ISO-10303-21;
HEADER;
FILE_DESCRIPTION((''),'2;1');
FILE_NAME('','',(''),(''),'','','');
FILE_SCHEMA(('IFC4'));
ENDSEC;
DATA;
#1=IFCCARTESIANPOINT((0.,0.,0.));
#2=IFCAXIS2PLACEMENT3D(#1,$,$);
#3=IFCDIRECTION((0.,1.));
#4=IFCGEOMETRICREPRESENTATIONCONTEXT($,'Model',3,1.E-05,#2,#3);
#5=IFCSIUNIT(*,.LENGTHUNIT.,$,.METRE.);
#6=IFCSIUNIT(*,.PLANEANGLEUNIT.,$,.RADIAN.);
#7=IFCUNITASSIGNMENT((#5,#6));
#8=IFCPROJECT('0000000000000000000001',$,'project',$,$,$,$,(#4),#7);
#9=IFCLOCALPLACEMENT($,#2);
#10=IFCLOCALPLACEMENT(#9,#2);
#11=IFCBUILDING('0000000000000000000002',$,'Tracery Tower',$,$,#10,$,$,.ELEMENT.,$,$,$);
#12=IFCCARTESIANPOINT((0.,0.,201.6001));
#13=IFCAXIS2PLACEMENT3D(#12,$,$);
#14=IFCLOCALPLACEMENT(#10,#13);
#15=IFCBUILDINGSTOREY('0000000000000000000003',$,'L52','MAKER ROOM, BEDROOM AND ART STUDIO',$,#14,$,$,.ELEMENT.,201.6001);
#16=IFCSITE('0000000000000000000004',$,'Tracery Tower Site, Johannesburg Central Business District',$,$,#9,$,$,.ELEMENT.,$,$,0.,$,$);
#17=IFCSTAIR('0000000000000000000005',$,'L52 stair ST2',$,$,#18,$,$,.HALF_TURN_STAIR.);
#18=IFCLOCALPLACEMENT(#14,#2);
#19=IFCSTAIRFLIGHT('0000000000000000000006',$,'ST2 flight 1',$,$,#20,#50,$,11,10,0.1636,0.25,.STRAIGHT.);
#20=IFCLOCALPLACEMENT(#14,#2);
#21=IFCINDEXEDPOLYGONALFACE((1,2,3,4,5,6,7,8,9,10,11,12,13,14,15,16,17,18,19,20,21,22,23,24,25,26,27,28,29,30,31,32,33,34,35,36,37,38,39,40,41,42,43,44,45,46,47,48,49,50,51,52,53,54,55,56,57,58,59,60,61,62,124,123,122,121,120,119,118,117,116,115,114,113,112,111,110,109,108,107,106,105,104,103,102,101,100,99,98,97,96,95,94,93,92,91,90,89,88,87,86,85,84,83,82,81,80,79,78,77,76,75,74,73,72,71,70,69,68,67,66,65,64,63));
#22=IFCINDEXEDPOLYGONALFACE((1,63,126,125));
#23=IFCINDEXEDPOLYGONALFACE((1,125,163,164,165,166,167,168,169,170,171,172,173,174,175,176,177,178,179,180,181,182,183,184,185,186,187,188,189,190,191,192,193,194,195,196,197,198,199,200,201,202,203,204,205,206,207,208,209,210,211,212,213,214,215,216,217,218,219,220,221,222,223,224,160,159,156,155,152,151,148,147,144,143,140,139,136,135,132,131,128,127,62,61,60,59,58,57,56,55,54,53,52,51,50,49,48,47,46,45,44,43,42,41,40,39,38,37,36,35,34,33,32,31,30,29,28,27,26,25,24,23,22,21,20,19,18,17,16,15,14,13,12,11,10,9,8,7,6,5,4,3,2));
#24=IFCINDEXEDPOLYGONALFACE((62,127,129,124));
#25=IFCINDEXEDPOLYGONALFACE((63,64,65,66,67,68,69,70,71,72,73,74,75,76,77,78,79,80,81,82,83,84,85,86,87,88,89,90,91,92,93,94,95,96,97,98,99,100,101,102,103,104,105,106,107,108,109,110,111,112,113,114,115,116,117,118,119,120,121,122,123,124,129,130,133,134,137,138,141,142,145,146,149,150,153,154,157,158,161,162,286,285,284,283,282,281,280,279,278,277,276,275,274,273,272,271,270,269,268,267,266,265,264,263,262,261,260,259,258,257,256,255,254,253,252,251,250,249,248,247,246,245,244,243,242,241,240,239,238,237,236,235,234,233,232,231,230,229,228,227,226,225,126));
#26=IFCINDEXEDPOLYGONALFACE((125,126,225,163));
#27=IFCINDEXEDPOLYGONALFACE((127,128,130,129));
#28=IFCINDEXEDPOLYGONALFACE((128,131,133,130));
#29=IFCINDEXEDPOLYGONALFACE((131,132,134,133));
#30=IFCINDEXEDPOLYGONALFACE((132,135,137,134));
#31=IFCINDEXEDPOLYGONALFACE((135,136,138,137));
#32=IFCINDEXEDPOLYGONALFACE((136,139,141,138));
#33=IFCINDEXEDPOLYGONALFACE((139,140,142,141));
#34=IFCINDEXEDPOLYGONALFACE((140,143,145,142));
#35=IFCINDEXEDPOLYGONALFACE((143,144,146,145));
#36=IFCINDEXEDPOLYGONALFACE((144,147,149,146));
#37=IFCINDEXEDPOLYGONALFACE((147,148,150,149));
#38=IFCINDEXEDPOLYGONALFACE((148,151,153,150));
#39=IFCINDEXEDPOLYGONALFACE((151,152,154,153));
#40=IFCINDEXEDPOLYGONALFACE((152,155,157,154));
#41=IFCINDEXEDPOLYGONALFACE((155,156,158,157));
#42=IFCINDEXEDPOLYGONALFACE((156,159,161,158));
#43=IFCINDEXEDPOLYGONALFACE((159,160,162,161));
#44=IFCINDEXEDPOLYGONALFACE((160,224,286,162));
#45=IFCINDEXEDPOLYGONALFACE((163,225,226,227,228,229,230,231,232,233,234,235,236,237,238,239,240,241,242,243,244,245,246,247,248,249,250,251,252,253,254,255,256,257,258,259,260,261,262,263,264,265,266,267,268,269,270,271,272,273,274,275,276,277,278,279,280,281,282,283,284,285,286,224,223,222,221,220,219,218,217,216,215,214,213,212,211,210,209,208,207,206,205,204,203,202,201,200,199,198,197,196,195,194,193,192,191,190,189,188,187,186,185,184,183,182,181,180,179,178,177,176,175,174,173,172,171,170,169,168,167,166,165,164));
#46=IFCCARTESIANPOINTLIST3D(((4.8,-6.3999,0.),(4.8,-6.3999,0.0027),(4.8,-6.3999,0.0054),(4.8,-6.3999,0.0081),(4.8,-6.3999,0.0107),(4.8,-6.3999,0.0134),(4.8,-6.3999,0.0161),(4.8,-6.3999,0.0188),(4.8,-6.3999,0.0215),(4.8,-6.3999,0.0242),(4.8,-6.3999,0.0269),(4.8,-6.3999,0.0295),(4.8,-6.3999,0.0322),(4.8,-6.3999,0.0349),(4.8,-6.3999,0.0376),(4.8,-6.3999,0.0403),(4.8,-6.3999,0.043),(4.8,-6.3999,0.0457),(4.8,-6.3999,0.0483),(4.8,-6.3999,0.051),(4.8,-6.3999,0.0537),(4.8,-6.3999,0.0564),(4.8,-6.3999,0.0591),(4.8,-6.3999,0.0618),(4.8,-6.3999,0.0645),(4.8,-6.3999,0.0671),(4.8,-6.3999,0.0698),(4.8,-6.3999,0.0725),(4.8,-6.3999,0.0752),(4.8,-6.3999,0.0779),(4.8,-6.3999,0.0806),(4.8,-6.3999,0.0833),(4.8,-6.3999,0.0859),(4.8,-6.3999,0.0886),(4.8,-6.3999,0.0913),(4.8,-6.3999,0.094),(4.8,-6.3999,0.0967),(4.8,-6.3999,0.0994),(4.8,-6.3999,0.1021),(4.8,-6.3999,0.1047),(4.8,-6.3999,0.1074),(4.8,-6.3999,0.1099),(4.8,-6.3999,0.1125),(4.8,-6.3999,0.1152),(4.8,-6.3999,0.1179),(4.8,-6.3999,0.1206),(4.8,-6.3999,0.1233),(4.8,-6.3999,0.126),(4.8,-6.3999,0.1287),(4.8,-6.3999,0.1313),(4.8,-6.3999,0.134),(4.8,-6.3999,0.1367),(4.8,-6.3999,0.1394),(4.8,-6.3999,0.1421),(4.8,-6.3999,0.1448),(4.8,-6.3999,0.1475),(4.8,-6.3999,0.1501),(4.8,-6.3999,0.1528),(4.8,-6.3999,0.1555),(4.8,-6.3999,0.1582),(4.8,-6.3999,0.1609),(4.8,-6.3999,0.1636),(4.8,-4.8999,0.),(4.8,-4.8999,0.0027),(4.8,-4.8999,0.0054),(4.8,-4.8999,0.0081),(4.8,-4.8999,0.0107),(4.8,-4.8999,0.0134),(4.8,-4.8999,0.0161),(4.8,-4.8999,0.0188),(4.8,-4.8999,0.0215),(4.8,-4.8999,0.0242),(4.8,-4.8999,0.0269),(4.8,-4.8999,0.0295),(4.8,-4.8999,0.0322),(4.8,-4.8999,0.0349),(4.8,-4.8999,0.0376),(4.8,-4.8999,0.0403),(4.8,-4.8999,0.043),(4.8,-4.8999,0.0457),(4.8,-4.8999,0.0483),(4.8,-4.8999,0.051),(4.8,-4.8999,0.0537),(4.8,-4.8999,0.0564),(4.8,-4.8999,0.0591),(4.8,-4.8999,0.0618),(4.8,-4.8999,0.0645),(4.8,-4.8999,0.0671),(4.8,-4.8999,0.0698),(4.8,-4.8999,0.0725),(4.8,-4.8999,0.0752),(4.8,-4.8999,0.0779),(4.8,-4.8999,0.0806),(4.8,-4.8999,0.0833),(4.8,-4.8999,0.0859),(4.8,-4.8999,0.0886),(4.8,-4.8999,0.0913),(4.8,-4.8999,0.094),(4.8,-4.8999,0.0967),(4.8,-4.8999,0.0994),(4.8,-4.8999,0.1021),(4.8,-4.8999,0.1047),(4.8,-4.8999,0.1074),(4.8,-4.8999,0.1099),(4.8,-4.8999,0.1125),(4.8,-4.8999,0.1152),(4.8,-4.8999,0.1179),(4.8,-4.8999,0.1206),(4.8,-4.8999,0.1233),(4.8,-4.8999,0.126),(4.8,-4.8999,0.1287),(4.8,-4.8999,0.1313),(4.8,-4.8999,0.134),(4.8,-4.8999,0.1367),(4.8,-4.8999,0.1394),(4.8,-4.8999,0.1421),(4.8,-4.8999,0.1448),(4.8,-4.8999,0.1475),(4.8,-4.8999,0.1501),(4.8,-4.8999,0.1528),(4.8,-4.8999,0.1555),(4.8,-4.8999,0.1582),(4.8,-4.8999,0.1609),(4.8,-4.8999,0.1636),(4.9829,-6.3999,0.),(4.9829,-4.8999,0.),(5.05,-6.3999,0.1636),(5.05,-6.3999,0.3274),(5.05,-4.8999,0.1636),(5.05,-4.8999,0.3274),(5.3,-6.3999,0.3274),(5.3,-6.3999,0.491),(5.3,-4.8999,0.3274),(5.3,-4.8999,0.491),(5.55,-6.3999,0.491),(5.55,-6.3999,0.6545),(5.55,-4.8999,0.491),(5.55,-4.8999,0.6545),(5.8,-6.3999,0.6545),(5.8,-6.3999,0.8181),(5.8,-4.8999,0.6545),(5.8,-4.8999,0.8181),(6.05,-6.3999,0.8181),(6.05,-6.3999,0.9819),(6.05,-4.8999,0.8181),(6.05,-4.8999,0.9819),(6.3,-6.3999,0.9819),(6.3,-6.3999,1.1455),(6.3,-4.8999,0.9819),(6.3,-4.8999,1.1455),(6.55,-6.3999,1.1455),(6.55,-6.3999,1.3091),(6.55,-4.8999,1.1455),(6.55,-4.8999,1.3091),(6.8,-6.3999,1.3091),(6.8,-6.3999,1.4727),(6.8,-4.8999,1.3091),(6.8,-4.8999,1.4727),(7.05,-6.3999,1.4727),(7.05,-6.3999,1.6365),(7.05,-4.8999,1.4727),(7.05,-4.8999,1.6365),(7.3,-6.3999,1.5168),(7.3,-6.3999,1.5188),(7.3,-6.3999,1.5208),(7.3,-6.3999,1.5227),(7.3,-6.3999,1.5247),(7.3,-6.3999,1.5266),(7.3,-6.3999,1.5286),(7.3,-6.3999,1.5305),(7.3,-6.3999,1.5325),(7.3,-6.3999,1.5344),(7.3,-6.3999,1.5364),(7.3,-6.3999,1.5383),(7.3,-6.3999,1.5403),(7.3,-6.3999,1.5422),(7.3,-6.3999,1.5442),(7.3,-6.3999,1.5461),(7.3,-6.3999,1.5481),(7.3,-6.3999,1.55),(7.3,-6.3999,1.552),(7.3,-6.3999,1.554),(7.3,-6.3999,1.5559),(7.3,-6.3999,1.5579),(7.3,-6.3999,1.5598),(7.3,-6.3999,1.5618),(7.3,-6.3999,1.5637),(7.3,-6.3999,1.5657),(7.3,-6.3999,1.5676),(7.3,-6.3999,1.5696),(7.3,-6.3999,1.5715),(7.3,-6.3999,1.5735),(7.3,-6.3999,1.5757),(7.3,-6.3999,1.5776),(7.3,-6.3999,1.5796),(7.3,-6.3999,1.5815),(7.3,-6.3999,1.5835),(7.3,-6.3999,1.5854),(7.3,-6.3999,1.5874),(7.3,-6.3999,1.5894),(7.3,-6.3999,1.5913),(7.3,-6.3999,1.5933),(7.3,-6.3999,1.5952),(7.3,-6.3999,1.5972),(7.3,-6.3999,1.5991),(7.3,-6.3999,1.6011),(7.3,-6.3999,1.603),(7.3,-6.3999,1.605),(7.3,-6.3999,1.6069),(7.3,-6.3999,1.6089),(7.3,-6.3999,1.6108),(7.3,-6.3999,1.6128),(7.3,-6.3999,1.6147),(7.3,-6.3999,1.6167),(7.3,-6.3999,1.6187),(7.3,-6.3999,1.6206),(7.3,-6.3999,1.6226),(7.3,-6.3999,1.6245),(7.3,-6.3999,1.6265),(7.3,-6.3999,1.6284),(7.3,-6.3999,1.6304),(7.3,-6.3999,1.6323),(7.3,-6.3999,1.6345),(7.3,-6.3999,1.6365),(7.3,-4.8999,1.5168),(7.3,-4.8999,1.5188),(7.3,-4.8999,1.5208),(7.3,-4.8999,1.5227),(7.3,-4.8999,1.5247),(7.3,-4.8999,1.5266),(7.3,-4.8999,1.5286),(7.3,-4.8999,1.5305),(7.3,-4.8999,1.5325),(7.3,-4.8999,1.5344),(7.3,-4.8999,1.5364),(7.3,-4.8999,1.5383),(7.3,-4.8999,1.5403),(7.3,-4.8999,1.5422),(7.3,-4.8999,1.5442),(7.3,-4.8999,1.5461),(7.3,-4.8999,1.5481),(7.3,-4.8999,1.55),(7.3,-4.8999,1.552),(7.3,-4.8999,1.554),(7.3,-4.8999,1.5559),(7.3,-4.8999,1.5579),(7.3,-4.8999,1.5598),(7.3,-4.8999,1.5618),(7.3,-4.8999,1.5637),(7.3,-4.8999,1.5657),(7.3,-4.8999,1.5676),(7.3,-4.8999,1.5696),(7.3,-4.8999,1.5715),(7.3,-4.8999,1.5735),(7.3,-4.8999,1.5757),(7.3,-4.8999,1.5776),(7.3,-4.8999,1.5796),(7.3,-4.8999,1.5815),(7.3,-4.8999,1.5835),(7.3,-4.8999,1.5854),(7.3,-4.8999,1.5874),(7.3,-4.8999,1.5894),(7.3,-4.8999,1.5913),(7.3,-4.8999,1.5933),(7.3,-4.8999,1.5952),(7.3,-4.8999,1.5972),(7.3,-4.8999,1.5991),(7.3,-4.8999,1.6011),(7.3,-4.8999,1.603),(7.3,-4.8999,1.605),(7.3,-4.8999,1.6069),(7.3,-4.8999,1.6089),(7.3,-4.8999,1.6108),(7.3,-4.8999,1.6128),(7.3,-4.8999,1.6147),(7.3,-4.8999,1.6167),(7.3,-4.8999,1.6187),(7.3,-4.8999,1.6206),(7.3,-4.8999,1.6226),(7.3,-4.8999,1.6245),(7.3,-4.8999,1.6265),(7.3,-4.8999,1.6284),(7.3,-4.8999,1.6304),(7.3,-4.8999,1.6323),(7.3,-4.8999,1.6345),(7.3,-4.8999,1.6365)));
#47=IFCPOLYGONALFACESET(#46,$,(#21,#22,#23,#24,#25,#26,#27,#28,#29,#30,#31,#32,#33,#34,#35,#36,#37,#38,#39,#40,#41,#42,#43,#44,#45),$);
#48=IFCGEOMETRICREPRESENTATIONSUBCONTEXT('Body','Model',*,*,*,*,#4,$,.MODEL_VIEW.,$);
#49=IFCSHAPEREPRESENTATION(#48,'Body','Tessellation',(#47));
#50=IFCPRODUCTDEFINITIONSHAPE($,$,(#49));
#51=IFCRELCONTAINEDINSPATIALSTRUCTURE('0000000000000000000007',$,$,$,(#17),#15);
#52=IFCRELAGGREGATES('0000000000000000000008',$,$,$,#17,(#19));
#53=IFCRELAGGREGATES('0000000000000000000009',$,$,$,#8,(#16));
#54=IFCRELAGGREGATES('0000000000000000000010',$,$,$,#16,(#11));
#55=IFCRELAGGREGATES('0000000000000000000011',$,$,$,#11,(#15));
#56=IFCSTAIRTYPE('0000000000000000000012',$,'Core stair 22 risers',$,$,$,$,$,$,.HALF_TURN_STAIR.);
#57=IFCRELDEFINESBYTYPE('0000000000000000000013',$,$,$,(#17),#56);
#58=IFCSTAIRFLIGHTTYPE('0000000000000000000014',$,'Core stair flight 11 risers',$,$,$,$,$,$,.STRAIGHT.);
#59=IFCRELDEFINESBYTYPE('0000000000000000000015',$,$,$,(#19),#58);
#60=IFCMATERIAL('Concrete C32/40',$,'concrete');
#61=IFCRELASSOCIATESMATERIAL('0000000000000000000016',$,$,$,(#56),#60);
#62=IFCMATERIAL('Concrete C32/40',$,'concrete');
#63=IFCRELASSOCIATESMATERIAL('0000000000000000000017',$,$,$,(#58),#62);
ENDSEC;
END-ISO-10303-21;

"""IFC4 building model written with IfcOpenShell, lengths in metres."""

from ifc_helpers import new_model, si_unit, direction, frame, origin, place, context, subcontext, project, spatial, polyline, outline, extrude, material, type_object, element, aggregate, save


model = new_model("IFC4")

# Units and contexts
model_context = context("Model", 3, precision=1e-05, world=origin(), true_north=direction((0.0, 1.0)))
body_context = subcontext(model_context, "Body", "Model", "MODEL_VIEW")
ifc_project = project(units=[si_unit("LENGTHUNIT", "METRE"), si_unit("PLANEANGLEUNIT", "RADIAN")], contexts=[model_context])

# Site, building, storey
site_placement = place(None, origin())
site = spatial("IfcSite", under=ifc_project, at=site_placement, Name="Tracery Tower Site, Johannesburg Central Business District", CompositionType="ELEMENT", RefElevation=0.0)
building_placement = place(site_placement, origin())
building = spatial("IfcBuilding", under=site, at=building_placement, Name="Tracery Tower", CompositionType="ELEMENT")
storey_placement = place(building_placement, frame((0.0, 0.0, 201.6001)))
storey = spatial("IfcBuildingStorey", under=building, at=storey_placement, Name="L52", Description="MAKER ROOM, BEDROOM AND ART STUDIO", CompositionType="ELEMENT", Elevation=201.6001)

# Stair, stair flight
ifc_material_1 = material(Name="Concrete C32/40", Category="concrete")
stair_type = type_object("IfcStairType", Name="Core stair 22 risers", PredefinedType="HALF_TURN_STAIR", material=ifc_material_1)
stair_placement = place(storey_placement, origin())
stair = element("IfcStair", 1, at=stair_placement, inside=storey, type_object=stair_type, Name="L52 stair ST2", PredefinedType="HALF_TURN_STAIR")
ifc_material_2 = material(Name="Concrete C32/40", Category="concrete")
stair_flight_type = type_object("IfcStairFlightType", Name="Core stair flight 11 risers", PredefinedType="STRAIGHT", material=ifc_material_2)
stair_flight_1_placement = place(storey_placement, frame((4.8, -5.6499, 0.0), z_axis=(0.0, 0.0, 1.0), x_axis=(1.0, 0.0, 0.0)))
stair_flight_1 = element("IfcStairFlight", 2, at=stair_flight_1_placement, type_object=stair_flight_type, Name="ST2 flight 1", NumberOfRisers=11, NumberOfTreads=10, PredefinedType="STRAIGHT", RiserHeight=0.1636, TreadLength=0.25, context=body_context, shape_type="SweptSolid", body=[
    extrude(outline(polyline([(0.0, 0.0), (0.0, 0.0027), (0.0, 0.0054), (0.0, 0.0081), (0.0, 0.0107), (0.0, 0.0134), (0.0, 0.0161), (0.0, 0.0188), (0.0, 0.0215), (0.0, 0.0242), (0.0, 0.0269), (0.0, 0.0295), (0.0, 0.0322), (0.0, 0.0349), (0.0, 0.0376), (0.0, 0.0403), (0.0, 0.043), (0.0, 0.0457), (0.0, 0.0483), (0.0, 0.051), (0.0, 0.0537), (0.0, 0.0564), (0.0, 0.0591), (0.0, 0.0618), (0.0, 0.0645), (0.0, 0.0671), (0.0, 0.0698), (0.0, 0.0725), (0.0, 0.0752), (0.0, 0.0779), (0.0, 0.0806), (0.0, 0.0833), (0.0, 0.0859), (0.0, 0.0886), (0.0, 0.0913), (0.0, 0.094), (0.0, 0.0967), (0.0, 0.0994), (0.0, 0.1021), (0.0, 0.1047), (0.0, 0.1074), (0.0, 0.1099), (0.0, 0.1125), (0.0, 0.1152), (0.0, 0.1179), (0.0, 0.1206), (0.0, 0.1233), (0.0, 0.126), (0.0, 0.1287), (0.0, 0.1313), (0.0, 0.134), (0.0, 0.1367), (0.0, 0.1394), (0.0, 0.1421), (0.0, 0.1448), (0.0, 0.1475), (0.0, 0.1501), (0.0, 0.1528), (0.0, 0.1555), (0.0, 0.1582), (0.0, 0.1609), (0.0, 0.1636), (0.25, 0.1636), (0.25, 0.3274), (0.5, 0.3274), (0.5, 0.491), (0.75, 0.491), (0.75, 0.6545), (1.0, 0.6545), (1.0, 0.8181), (1.25, 0.8181), (1.25, 0.9819), (1.5, 0.9819), (1.5, 1.1455), (1.75, 1.1455), (1.75, 1.3091), (2.0, 1.3091), (2.0, 1.4727), (2.25, 1.4727), (2.25, 1.6365), (2.5, 1.6365), (2.5, 1.6345), (2.5, 1.6323), (2.5, 1.6304), (2.5, 1.6284), (2.5, 1.6265), (2.5, 1.6245), (2.5, 1.6226), (2.5, 1.6206), (2.5, 1.6187), (2.5, 1.6167), (2.5, 1.6147), (2.5, 1.6128), (2.5, 1.6108), (2.5, 1.6089), (2.5, 1.6069), (2.5, 1.605), (2.5, 1.603), (2.5, 1.6011), (2.5, 1.5991), (2.5, 1.5972), (2.5, 1.5952), (2.5, 1.5933), (2.5, 1.5913), (2.5, 1.5894), (2.5, 1.5874), (2.5, 1.5854), (2.5, 1.5835), (2.5, 1.5815), (2.5, 1.5796), (2.5, 1.5776), (2.5, 1.5757), (2.5, 1.5735), (2.5, 1.5715), (2.5, 1.5696), (2.5, 1.5676), (2.5, 1.5657), (2.5, 1.5637), (2.5, 1.5618), (2.5, 1.5598), (2.5, 1.5579), (2.5, 1.5559), (2.5, 1.554), (2.5, 1.552), (2.5, 1.55), (2.5, 1.5481), (2.5, 1.5461), (2.5, 1.5442), (2.5, 1.5422), (2.5, 1.5403), (2.5, 1.5383), (2.5, 1.5364), (2.5, 1.5344), (2.5, 1.5325), (2.5, 1.5305), (2.5, 1.5286), (2.5, 1.5266), (2.5, 1.5247), (2.5, 1.5227), (2.5, 1.5208), (2.5, 1.5188), (2.5, 1.5168), (0.1829, 0.0), (0.0, 0.0)])), frame((0.0, 0.75, 0.0), z_axis=(0.0, -1.0, 0.0), x_axis=(1.0, 0.0, 0.0)), (0.0, 0.0, 1.0), 1.5),
])
aggregate(stair, [stair_flight_1])

save(model, "model.ifc")
